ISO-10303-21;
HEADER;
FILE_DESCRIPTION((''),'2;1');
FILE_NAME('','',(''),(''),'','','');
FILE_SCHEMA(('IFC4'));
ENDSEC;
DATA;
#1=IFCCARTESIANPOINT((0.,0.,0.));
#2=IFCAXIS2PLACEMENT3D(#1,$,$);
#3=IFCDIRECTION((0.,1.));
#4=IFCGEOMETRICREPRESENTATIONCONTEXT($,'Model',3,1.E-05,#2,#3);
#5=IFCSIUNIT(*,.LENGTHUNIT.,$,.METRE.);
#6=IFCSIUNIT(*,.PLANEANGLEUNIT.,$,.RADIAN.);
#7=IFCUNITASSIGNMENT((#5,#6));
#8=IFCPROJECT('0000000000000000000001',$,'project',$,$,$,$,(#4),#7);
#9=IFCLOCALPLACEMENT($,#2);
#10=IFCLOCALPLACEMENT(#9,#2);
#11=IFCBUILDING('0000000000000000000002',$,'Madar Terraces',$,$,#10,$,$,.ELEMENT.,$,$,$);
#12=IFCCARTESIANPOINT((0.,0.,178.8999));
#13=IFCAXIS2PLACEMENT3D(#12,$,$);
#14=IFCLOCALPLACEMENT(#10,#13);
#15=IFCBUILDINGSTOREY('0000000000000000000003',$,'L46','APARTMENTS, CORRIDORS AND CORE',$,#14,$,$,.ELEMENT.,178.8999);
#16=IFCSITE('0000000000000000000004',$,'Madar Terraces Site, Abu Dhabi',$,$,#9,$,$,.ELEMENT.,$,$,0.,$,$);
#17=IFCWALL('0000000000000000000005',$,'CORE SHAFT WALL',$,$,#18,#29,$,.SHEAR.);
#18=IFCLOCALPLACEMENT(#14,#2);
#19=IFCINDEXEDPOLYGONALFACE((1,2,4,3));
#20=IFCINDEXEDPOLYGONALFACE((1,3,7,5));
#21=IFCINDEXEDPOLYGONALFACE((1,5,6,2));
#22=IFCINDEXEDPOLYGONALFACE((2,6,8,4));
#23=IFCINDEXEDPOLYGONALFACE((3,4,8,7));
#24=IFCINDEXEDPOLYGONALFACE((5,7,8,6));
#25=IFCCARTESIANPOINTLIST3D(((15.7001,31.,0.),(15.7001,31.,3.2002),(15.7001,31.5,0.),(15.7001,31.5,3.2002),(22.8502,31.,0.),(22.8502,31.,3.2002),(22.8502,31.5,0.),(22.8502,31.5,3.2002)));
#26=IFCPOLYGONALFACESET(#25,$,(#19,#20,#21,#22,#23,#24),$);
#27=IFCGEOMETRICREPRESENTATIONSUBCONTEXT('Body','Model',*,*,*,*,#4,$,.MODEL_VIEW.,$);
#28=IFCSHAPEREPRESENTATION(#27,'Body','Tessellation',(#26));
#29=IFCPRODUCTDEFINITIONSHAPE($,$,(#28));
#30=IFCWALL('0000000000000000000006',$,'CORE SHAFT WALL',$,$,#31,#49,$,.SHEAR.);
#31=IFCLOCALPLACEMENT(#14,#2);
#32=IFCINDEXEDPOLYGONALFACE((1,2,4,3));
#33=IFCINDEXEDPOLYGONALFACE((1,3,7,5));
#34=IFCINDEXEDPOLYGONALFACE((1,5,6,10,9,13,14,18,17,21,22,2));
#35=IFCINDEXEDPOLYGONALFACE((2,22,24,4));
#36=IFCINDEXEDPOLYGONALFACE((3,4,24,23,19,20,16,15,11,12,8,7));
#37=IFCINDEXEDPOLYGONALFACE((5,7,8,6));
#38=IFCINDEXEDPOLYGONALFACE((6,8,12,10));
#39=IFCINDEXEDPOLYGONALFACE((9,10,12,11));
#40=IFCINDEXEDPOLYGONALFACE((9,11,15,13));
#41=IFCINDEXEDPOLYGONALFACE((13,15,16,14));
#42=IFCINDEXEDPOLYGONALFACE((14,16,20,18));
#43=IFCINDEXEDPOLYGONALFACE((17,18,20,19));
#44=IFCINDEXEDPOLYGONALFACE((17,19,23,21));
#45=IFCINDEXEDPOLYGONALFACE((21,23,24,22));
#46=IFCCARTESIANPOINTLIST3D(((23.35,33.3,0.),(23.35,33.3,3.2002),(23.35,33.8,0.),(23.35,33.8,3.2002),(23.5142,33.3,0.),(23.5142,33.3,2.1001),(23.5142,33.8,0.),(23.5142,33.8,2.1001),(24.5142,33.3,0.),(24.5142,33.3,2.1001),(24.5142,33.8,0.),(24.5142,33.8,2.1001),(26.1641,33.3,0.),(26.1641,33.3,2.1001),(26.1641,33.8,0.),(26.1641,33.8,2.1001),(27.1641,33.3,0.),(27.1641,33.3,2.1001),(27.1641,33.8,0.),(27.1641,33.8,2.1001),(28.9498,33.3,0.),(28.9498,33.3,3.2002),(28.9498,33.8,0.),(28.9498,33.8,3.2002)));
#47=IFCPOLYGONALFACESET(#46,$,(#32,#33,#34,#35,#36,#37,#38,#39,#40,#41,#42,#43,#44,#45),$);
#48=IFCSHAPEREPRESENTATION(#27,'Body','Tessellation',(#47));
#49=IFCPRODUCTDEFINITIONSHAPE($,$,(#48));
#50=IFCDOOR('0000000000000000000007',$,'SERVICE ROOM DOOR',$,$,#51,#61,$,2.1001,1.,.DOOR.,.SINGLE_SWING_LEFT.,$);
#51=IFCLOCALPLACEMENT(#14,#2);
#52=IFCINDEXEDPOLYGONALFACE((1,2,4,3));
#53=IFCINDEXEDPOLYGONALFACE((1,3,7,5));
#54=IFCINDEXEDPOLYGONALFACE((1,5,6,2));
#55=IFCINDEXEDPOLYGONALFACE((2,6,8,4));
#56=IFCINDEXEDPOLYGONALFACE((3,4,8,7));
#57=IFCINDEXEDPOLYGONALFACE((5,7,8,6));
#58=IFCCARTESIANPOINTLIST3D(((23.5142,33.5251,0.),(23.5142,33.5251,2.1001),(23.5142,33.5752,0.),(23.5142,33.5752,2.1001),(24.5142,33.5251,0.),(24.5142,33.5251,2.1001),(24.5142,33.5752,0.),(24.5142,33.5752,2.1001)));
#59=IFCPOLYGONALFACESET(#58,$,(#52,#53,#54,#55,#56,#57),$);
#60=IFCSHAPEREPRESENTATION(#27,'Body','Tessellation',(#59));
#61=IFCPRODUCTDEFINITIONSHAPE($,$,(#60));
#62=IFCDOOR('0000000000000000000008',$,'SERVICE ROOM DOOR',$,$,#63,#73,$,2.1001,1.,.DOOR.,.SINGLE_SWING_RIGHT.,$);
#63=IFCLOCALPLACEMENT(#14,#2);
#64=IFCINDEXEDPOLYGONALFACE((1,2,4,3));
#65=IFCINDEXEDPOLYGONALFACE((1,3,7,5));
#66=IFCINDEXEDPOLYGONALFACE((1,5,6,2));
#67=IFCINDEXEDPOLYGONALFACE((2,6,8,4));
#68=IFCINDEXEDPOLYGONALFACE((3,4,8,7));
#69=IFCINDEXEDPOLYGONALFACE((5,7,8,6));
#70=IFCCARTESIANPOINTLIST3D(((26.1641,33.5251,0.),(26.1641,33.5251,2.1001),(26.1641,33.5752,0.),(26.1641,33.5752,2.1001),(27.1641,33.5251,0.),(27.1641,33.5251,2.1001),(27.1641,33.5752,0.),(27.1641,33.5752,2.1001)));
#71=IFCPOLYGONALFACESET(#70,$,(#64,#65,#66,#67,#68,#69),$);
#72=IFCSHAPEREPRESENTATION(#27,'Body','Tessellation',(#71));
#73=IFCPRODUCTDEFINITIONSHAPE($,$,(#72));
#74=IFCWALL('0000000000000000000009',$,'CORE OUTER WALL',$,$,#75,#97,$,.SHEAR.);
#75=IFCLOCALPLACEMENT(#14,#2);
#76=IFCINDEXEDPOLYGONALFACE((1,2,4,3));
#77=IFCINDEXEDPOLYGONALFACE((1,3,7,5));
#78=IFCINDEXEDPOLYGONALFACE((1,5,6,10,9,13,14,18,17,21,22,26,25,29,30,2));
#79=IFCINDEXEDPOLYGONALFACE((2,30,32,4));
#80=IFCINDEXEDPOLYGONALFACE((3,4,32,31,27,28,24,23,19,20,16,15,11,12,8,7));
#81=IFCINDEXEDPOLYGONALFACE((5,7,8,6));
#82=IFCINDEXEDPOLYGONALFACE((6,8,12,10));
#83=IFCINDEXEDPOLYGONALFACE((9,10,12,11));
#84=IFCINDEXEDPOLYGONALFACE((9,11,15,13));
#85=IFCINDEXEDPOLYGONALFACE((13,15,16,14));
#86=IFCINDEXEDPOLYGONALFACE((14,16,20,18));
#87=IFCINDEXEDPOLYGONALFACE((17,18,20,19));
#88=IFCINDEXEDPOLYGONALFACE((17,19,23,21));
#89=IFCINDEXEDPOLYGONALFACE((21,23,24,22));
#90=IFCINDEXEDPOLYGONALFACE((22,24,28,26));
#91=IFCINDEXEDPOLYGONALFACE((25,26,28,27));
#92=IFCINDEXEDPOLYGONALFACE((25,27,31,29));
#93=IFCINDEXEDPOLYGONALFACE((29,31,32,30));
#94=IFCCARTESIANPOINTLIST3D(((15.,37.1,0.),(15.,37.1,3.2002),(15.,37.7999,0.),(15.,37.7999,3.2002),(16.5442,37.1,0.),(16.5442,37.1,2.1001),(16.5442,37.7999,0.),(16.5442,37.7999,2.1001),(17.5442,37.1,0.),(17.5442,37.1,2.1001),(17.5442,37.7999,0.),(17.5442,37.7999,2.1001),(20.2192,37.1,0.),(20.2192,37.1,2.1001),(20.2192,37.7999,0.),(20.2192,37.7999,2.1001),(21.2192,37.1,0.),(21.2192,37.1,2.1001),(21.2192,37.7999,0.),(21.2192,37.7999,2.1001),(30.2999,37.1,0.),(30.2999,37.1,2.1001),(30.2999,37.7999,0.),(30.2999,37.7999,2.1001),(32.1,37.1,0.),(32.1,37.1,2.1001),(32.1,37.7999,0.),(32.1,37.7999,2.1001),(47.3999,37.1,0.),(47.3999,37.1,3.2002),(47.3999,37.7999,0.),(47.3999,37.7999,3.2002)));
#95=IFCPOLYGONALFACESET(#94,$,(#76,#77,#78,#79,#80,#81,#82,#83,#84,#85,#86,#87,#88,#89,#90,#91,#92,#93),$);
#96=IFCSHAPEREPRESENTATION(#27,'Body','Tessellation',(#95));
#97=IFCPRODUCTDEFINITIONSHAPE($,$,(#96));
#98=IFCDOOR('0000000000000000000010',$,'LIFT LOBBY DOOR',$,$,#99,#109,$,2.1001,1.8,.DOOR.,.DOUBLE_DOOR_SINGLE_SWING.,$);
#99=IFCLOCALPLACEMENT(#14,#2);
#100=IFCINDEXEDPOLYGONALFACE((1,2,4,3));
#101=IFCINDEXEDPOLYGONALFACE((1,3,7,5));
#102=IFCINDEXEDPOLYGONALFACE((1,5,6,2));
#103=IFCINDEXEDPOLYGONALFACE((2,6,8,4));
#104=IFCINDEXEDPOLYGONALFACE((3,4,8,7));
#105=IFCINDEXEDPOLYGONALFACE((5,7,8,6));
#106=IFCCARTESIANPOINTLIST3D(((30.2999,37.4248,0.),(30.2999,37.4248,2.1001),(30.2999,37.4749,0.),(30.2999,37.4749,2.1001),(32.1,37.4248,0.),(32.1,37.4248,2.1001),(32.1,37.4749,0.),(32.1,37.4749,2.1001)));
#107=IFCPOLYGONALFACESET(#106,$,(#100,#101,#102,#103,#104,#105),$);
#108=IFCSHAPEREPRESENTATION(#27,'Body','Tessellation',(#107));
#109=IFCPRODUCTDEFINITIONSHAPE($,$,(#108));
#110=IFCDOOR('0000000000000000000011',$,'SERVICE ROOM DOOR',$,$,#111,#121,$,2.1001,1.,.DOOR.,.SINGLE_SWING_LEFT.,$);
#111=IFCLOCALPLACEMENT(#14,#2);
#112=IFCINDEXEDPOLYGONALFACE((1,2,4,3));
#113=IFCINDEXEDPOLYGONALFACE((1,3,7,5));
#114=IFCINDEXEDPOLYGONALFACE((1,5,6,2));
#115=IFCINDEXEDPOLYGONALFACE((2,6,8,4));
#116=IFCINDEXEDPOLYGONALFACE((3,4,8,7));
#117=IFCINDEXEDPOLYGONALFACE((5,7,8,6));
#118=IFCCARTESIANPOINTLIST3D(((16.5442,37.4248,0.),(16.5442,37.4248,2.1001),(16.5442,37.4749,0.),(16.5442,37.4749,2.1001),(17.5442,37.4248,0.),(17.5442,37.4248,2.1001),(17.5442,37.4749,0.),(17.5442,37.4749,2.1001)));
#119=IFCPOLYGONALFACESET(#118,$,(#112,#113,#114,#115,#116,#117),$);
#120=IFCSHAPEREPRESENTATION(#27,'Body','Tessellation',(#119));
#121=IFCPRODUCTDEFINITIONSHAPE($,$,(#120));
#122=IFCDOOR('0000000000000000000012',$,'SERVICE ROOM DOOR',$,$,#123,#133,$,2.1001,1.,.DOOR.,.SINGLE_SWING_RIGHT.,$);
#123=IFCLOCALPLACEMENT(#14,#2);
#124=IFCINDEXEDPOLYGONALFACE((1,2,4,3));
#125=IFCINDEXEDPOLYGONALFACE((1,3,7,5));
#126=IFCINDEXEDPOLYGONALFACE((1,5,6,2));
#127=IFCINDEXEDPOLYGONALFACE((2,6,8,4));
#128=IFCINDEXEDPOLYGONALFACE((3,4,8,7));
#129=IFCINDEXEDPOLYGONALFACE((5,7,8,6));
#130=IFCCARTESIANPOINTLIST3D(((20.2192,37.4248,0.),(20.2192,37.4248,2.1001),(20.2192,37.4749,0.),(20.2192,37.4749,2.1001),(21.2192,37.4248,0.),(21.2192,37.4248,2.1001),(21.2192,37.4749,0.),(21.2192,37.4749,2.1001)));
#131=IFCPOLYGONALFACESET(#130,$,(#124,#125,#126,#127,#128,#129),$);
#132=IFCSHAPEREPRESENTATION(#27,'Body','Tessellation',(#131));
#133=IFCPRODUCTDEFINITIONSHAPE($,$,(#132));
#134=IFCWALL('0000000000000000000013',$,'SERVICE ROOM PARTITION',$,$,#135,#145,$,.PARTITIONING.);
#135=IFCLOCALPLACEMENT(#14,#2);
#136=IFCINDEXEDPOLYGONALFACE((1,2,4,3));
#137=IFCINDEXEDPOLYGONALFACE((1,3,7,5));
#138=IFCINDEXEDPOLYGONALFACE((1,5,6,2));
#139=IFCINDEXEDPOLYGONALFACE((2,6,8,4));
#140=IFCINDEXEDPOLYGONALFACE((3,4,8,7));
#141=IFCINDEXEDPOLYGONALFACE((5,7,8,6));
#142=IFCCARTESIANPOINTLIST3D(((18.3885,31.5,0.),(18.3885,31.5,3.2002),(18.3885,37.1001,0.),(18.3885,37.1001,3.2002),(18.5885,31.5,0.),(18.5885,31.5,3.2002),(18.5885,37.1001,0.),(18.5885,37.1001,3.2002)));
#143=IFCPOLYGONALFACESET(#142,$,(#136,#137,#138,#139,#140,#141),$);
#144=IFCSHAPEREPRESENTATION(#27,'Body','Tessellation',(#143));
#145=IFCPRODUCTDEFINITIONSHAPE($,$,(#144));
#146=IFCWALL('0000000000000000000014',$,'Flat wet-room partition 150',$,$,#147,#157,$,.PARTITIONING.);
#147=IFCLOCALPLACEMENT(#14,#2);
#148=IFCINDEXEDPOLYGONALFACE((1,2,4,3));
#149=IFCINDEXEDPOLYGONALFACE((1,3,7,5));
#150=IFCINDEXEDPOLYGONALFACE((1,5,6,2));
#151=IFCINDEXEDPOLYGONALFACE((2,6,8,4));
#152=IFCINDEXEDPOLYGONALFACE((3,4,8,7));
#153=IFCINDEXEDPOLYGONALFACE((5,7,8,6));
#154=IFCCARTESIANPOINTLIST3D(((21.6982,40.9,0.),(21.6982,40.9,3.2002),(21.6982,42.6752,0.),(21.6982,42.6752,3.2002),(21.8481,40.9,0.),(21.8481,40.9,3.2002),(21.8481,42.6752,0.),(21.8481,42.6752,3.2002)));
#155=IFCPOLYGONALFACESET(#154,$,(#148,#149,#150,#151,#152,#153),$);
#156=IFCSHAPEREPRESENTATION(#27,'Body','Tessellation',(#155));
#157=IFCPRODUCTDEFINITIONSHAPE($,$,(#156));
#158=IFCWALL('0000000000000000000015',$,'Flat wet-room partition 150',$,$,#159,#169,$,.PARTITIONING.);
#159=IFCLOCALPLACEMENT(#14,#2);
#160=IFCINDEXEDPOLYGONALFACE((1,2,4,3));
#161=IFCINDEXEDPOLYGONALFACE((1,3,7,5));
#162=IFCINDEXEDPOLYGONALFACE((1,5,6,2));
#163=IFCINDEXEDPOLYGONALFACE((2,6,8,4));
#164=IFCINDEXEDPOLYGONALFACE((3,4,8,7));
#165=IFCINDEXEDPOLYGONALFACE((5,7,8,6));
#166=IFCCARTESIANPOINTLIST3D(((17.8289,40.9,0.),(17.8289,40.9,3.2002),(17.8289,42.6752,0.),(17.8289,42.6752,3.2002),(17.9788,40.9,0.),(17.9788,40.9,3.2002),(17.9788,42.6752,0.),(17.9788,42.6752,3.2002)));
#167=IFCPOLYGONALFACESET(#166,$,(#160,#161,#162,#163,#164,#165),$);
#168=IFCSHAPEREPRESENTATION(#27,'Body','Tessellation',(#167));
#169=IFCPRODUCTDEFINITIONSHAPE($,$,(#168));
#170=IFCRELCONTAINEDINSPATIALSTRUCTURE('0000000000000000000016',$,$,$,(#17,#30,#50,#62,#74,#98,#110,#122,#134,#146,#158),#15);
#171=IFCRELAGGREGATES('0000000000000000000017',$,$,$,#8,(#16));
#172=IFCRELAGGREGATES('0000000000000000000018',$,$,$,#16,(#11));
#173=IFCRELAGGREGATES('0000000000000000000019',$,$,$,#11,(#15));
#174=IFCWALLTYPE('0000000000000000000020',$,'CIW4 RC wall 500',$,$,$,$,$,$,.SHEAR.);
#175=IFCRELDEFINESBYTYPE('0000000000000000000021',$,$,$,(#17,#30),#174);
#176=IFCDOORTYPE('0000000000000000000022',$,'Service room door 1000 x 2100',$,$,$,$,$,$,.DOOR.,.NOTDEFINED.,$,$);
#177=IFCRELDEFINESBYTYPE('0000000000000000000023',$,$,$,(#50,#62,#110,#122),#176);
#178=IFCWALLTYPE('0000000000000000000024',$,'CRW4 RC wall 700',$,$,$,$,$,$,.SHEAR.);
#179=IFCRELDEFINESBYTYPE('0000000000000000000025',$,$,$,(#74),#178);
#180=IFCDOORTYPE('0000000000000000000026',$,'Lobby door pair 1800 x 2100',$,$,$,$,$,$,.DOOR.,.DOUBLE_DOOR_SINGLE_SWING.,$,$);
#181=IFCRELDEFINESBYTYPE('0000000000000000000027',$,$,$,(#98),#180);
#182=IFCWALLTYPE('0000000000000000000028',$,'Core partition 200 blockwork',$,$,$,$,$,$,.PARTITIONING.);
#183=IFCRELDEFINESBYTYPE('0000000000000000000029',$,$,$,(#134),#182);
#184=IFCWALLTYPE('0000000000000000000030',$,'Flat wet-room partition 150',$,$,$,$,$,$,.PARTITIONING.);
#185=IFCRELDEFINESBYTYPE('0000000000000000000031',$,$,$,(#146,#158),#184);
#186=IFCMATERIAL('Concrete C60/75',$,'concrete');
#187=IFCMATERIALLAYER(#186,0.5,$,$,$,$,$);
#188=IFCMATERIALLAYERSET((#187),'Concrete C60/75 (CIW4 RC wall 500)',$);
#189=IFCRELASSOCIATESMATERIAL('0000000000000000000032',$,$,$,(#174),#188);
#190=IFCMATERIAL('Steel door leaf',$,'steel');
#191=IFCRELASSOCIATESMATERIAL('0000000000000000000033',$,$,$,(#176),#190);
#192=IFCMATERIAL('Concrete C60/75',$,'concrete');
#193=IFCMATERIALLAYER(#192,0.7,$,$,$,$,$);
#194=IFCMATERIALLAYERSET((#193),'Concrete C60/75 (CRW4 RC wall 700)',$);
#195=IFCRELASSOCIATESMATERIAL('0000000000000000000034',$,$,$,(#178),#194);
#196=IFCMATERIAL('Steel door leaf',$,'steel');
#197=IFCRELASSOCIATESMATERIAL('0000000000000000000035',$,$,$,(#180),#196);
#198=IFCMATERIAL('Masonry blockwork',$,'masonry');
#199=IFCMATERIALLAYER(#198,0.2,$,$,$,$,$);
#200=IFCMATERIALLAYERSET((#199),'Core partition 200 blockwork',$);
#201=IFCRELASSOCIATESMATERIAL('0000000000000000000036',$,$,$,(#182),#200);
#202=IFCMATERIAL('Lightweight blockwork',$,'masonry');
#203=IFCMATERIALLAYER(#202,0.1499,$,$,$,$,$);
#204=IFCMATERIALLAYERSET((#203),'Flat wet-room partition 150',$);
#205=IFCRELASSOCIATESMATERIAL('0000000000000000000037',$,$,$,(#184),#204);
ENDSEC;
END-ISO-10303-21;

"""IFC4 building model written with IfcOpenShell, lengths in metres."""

from ifc_helpers import new_model, si_unit, direction, frame, frame_2d, origin, place, context, subcontext, project, spatial, rectangle, extrude, material, layer, layer_set, type_object, element, fill, save


model = new_model("IFC4")

# Units and contexts
model_context = context("Model", 3, precision=1e-05, world=origin(), true_north=direction((0.0, 1.0)))
body_context = subcontext(model_context, "Body", "Model", "MODEL_VIEW")
ifc_project = project(units=[si_unit("LENGTHUNIT", "METRE"), si_unit("PLANEANGLEUNIT", "RADIAN")], contexts=[model_context])

# Site, building, storey
site_placement = place(None, origin())
site = spatial("IfcSite", under=ifc_project, at=site_placement, Name="Madar Terraces Site, Abu Dhabi", CompositionType="ELEMENT", RefElevation=0.0)
building_placement = place(site_placement, origin())
building = spatial("IfcBuilding", under=site, at=building_placement, Name="Madar Terraces", CompositionType="ELEMENT")
storey_placement = place(building_placement, frame((0.0, 0.0, 178.8999)))
storey = spatial("IfcBuildingStorey", under=building, at=storey_placement, Name="L46", Description="APARTMENTS, CORRIDORS AND CORE", CompositionType="ELEMENT", Elevation=178.8999)

# Wall
ifc_material_1 = material(Name="Concrete C60/75", Category="concrete")
ifc_layer_1 = layer(ifc_material_1, 0.5)
ifc_layer_set_1 = layer_set([ifc_layer_1], Name="Concrete C60/75 (CIW4 RC wall 500)")
wall_type_1 = type_object("IfcWallType", Name="CIW4 RC wall 500", PredefinedType="SHEAR", material=ifc_layer_set_1)
wall_1_placement = place(storey_placement, frame((15.7, 31.25, 0.0), z_axis=(0.0, 0.0, 1.0), x_axis=(1.0, 0.0, 0.0)))
element("IfcWall", 1, at=wall_1_placement, inside=storey, type_object=wall_type_1, Name="CORE SHAFT WALL", PredefinedType="SHEAR", context=body_context, shape_type="SweptSolid", body=[
    extrude(rectangle(XDim=7.1501, YDim=0.5, at=frame_2d((3.5752, 0.0))), origin(), (0.0, 0.0, 1.0), 3.2002),
])

# Walls, openings, doors
wall_2_placement = place(storey_placement, frame((23.3501, 33.55, 0.0), z_axis=(0.0, 0.0, 1.0), x_axis=(1.0, 0.0, 0.0)))
wall_2 = element("IfcWall", 2, at=wall_2_placement, inside=storey, type_object=wall_type_1, Name="CORE SHAFT WALL", PredefinedType="SHEAR", context=body_context, shape_type="SweptSolid", body=[
    extrude(rectangle(XDim=5.5999, YDim=0.5, at=frame_2d((2.7998, 0.0))), origin(), (0.0, 0.0, 1.0), 3.2002),
])
opening_1_placement = place(wall_2_placement, frame((0.1641, 0.0, 0.0)))
opening_1 = element("IfcOpeningElement", 3, at=opening_1_placement, cuts=wall_2, PredefinedType="OPENING", context=body_context, shape_type="SweptSolid", body=[
    extrude(rectangle(XDim=1.0, YDim=2.1001, at=frame_2d((0.5, 1.05))), frame((0.0, 0.26, 0.0), z_axis=(0.0, -1.0, 0.0), x_axis=(1.0, 0.0, 0.0)), (0.0, 0.0, 1.0), 0.52),
])
opening_2_placement = place(wall_2_placement, frame((2.814, 0.0, 0.0)))
opening_2 = element("IfcOpeningElement", 4, at=opening_2_placement, cuts=wall_2, PredefinedType="OPENING", context=body_context, shape_type="SweptSolid", body=[
    extrude(rectangle(XDim=1.0, YDim=2.1001, at=frame_2d((0.5, 1.05))), frame((0.0, 0.26, 0.0), z_axis=(0.0, -1.0, 0.0), x_axis=(1.0, 0.0, 0.0)), (0.0, 0.0, 1.0), 0.52),
])
ifc_material_2 = material(Name="Steel door leaf", Category="steel")
door_type_1 = type_object("IfcDoorType", Name="Service room door 1000 x 2100", OperationType="NOTDEFINED", PredefinedType="DOOR", material=ifc_material_2)
door_1_placement = place(opening_1_placement, frame((1.0, 0.0, 0.0), z_axis=(0.0, 0.0, 1.0), x_axis=(-1.0, 0.0, 0.0)))
door_1 = element("IfcDoor", 5, at=door_1_placement, inside=storey, type_object=door_type_1, Name="SERVICE ROOM DOOR", OperationType="SINGLE_SWING_LEFT", OverallHeight=2.1001, OverallWidth=1.0, PredefinedType="DOOR", context=body_context, shape_type="SweptSolid", body=[
    extrude(rectangle(XDim=1.0, YDim=2.1001, at=frame_2d((0.5, 1.05))), frame((0.0, 0.0249, 0.0), z_axis=(0.0, -1.0, 0.0), x_axis=(1.0, 0.0, 0.0)), (0.0, 0.0, 1.0), 0.05),
])
fill(opening_1, door_1)
door_2_placement = place(opening_2_placement, frame((1.0, 0.0, 0.0), z_axis=(0.0, 0.0, 1.0), x_axis=(-1.0, 0.0, 0.0)))
door_2 = element("IfcDoor", 6, at=door_2_placement, inside=storey, type_object=door_type_1, Name="SERVICE ROOM DOOR", OperationType="SINGLE_SWING_RIGHT", OverallHeight=2.1001, OverallWidth=1.0, PredefinedType="DOOR", context=body_context, shape_type="SweptSolid", body=[
    extrude(rectangle(XDim=1.0, YDim=2.1001, at=frame_2d((0.5, 1.05))), frame((0.0, 0.0249, 0.0), z_axis=(0.0, -1.0, 0.0), x_axis=(1.0, 0.0, 0.0)), (0.0, 0.0, 1.0), 0.05),
])
fill(opening_2, door_2)
ifc_material_3 = material(Name="Concrete C60/75", Category="concrete")
ifc_layer_2 = layer(ifc_material_3, 0.7)
ifc_layer_set_2 = layer_set([ifc_layer_2], Name="Concrete C60/75 (CRW4 RC wall 700)")
wall_type_2 = type_object("IfcWallType", Name="CRW4 RC wall 700", PredefinedType="SHEAR", material=ifc_layer_set_2)
wall_3_placement = place(storey_placement, frame((15.0, 37.45, 0.0), z_axis=(0.0, 0.0, 1.0), x_axis=(1.0, 0.0, 0.0)))
wall_3 = element("IfcWall", 7, at=wall_3_placement, inside=storey, type_object=wall_type_2, Name="CORE OUTER WALL", PredefinedType="SHEAR", context=body_context, shape_type="SweptSolid", body=[
    extrude(rectangle(XDim=32.3999, YDim=0.7, at=frame_2d((16.2, 0.0))), origin(), (0.0, 0.0, 1.0), 3.2002),
])
opening_3_placement = place(wall_3_placement, frame((15.3, 0.0, 0.0)))
opening_3 = element("IfcOpeningElement", 8, at=opening_3_placement, cuts=wall_3, PredefinedType="OPENING", context=body_context, shape_type="SweptSolid", body=[
    extrude(rectangle(XDim=1.8, YDim=2.1001, at=frame_2d((0.8999, 1.05))), frame((0.0, 0.3599, 0.0), z_axis=(0.0, -1.0, 0.0), x_axis=(1.0, 0.0, 0.0)), (0.0, 0.0, 1.0), 0.72),
])
opening_4_placement = place(wall_3_placement, frame((1.5442, 0.0, 0.0)))
opening_4 = element("IfcOpeningElement", 9, at=opening_4_placement, cuts=wall_3, PredefinedType="OPENING", context=body_context, shape_type="SweptSolid", body=[
    extrude(rectangle(XDim=1.0, YDim=2.1001, at=frame_2d((0.5, 1.05))), frame((0.0, 0.3599, 0.0), z_axis=(0.0, -1.0, 0.0), x_axis=(1.0, 0.0, 0.0)), (0.0, 0.0, 1.0), 0.72),
])
opening_5_placement = place(wall_3_placement, frame((5.2192, 0.0, 0.0)))
opening_5 = element("IfcOpeningElement", 10, at=opening_5_placement, cuts=wall_3, PredefinedType="OPENING", context=body_context, shape_type="SweptSolid", body=[
    extrude(rectangle(XDim=1.0, YDim=2.1001, at=frame_2d((0.5, 1.05))), frame((0.0, 0.3599, 0.0), z_axis=(0.0, -1.0, 0.0), x_axis=(1.0, 0.0, 0.0)), (0.0, 0.0, 1.0), 0.72),
])
ifc_material_4 = material(Name="Steel door leaf", Category="steel")
door_type_2 = type_object("IfcDoorType", Name="Lobby door pair 1800 x 2100", OperationType="DOUBLE_DOOR_SINGLE_SWING", PredefinedType="DOOR", material=ifc_material_4)
door_3_placement = place(opening_3_placement, origin())
door_3 = element("IfcDoor", 11, at=door_3_placement, inside=storey, type_object=door_type_2, Name="LIFT LOBBY DOOR", OperationType="DOUBLE_DOOR_SINGLE_SWING", OverallHeight=2.1001, OverallWidth=1.8, PredefinedType="DOOR", context=body_context, shape_type="SweptSolid", body=[
    extrude(rectangle(XDim=1.8, YDim=2.1001, at=frame_2d((0.8999, 1.05))), frame((0.0, 0.0249, 0.0), z_axis=(0.0, -1.0, 0.0), x_axis=(1.0, 0.0, 0.0)), (0.0, 0.0, 1.0), 0.05),
])
fill(opening_3, door_3)
door_4_placement = place(opening_4_placement, origin())
door_4 = element("IfcDoor", 12, at=door_4_placement, inside=storey, type_object=door_type_1, Name="SERVICE ROOM DOOR", OperationType="SINGLE_SWING_LEFT", OverallHeight=2.1001, OverallWidth=1.0, PredefinedType="DOOR", context=body_context, shape_type="SweptSolid", body=[
    extrude(rectangle(XDim=1.0, YDim=2.1001, at=frame_2d((0.5, 1.05))), frame((0.0, 0.0249, 0.0), z_axis=(0.0, -1.0, 0.0), x_axis=(1.0, 0.0, 0.0)), (0.0, 0.0, 1.0), 0.05),
])
fill(opening_4, door_4)
door_5_placement = place(opening_5_placement, origin())
door_5 = element("IfcDoor", 13, at=door_5_placement, inside=storey, type_object=door_type_1, Name="SERVICE ROOM DOOR", OperationType="SINGLE_SWING_RIGHT", OverallHeight=2.1001, OverallWidth=1.0, PredefinedType="DOOR", context=body_context, shape_type="SweptSolid", body=[
    extrude(rectangle(XDim=1.0, YDim=2.1001, at=frame_2d((0.5, 1.05))), frame((0.0, 0.0249, 0.0), z_axis=(0.0, -1.0, 0.0), x_axis=(1.0, 0.0, 0.0)), (0.0, 0.0, 1.0), 0.05),
])
fill(opening_5, door_5)

# Walls
ifc_material_5 = material(Name="Masonry blockwork", Category="masonry")
ifc_layer_3 = layer(ifc_material_5, 0.2)
ifc_layer_set_3 = layer_set([ifc_layer_3], Name="Core partition 200 blockwork")
wall_type_3 = type_object("IfcWallType", Name="Core partition 200 blockwork", PredefinedType="PARTITIONING", material=ifc_layer_set_3)
wall_4_placement = place(storey_placement, frame((18.4885, 31.5, 0.0), z_axis=(0.0, 0.0, 1.0), x_axis=(0.0, 1.0, 0.0)))
element("IfcWall", 14, at=wall_4_placement, inside=storey, type_object=wall_type_3, Name="SERVICE ROOM PARTITION", PredefinedType="PARTITIONING", context=body_context, shape_type="SweptSolid", body=[
    extrude(rectangle(XDim=5.6001, YDim=0.2, at=frame_2d((2.8, 0.0))), origin(), (0.0, 0.0, 1.0), 3.2002),
])
ifc_material_6 = material(Name="Lightweight blockwork", Category="masonry")
ifc_layer_4 = layer(ifc_material_6, 0.1499)
ifc_layer_set_4 = layer_set([ifc_layer_4], Name="Flat wet-room partition 150")
wall_type_4 = type_object("IfcWallType", Name="Flat wet-room partition 150", PredefinedType="PARTITIONING", material=ifc_layer_set_4)
for number, where, z_axis, x_axis, name in (
    (15, (21.7732, 40.8999, 0.0), (0.0, 0.0, 1.0), (0.0, 1.0, 0.0), "Flat wet-room partition 150"),
    (16, (17.9038, 40.8999, 0.0), (0.0, 0.0, 1.0), (0.0, 1.0, 0.0), "Flat wet-room partition 150"),
):
    element("IfcWall", number, at=place(storey_placement, frame(where, z_axis=z_axis, x_axis=x_axis)), inside=storey, type_object=wall_type_4, Name=name, PredefinedType="PARTITIONING", context=body_context, shape_type="SweptSolid", body=[
        extrude(rectangle(XDim=1.7751, YDim=0.1499, at=frame_2d((0.8877, 0.0))), origin(), (0.0, 0.0, 1.0), 3.2002),
    ])

save(model, "model.ifc")
